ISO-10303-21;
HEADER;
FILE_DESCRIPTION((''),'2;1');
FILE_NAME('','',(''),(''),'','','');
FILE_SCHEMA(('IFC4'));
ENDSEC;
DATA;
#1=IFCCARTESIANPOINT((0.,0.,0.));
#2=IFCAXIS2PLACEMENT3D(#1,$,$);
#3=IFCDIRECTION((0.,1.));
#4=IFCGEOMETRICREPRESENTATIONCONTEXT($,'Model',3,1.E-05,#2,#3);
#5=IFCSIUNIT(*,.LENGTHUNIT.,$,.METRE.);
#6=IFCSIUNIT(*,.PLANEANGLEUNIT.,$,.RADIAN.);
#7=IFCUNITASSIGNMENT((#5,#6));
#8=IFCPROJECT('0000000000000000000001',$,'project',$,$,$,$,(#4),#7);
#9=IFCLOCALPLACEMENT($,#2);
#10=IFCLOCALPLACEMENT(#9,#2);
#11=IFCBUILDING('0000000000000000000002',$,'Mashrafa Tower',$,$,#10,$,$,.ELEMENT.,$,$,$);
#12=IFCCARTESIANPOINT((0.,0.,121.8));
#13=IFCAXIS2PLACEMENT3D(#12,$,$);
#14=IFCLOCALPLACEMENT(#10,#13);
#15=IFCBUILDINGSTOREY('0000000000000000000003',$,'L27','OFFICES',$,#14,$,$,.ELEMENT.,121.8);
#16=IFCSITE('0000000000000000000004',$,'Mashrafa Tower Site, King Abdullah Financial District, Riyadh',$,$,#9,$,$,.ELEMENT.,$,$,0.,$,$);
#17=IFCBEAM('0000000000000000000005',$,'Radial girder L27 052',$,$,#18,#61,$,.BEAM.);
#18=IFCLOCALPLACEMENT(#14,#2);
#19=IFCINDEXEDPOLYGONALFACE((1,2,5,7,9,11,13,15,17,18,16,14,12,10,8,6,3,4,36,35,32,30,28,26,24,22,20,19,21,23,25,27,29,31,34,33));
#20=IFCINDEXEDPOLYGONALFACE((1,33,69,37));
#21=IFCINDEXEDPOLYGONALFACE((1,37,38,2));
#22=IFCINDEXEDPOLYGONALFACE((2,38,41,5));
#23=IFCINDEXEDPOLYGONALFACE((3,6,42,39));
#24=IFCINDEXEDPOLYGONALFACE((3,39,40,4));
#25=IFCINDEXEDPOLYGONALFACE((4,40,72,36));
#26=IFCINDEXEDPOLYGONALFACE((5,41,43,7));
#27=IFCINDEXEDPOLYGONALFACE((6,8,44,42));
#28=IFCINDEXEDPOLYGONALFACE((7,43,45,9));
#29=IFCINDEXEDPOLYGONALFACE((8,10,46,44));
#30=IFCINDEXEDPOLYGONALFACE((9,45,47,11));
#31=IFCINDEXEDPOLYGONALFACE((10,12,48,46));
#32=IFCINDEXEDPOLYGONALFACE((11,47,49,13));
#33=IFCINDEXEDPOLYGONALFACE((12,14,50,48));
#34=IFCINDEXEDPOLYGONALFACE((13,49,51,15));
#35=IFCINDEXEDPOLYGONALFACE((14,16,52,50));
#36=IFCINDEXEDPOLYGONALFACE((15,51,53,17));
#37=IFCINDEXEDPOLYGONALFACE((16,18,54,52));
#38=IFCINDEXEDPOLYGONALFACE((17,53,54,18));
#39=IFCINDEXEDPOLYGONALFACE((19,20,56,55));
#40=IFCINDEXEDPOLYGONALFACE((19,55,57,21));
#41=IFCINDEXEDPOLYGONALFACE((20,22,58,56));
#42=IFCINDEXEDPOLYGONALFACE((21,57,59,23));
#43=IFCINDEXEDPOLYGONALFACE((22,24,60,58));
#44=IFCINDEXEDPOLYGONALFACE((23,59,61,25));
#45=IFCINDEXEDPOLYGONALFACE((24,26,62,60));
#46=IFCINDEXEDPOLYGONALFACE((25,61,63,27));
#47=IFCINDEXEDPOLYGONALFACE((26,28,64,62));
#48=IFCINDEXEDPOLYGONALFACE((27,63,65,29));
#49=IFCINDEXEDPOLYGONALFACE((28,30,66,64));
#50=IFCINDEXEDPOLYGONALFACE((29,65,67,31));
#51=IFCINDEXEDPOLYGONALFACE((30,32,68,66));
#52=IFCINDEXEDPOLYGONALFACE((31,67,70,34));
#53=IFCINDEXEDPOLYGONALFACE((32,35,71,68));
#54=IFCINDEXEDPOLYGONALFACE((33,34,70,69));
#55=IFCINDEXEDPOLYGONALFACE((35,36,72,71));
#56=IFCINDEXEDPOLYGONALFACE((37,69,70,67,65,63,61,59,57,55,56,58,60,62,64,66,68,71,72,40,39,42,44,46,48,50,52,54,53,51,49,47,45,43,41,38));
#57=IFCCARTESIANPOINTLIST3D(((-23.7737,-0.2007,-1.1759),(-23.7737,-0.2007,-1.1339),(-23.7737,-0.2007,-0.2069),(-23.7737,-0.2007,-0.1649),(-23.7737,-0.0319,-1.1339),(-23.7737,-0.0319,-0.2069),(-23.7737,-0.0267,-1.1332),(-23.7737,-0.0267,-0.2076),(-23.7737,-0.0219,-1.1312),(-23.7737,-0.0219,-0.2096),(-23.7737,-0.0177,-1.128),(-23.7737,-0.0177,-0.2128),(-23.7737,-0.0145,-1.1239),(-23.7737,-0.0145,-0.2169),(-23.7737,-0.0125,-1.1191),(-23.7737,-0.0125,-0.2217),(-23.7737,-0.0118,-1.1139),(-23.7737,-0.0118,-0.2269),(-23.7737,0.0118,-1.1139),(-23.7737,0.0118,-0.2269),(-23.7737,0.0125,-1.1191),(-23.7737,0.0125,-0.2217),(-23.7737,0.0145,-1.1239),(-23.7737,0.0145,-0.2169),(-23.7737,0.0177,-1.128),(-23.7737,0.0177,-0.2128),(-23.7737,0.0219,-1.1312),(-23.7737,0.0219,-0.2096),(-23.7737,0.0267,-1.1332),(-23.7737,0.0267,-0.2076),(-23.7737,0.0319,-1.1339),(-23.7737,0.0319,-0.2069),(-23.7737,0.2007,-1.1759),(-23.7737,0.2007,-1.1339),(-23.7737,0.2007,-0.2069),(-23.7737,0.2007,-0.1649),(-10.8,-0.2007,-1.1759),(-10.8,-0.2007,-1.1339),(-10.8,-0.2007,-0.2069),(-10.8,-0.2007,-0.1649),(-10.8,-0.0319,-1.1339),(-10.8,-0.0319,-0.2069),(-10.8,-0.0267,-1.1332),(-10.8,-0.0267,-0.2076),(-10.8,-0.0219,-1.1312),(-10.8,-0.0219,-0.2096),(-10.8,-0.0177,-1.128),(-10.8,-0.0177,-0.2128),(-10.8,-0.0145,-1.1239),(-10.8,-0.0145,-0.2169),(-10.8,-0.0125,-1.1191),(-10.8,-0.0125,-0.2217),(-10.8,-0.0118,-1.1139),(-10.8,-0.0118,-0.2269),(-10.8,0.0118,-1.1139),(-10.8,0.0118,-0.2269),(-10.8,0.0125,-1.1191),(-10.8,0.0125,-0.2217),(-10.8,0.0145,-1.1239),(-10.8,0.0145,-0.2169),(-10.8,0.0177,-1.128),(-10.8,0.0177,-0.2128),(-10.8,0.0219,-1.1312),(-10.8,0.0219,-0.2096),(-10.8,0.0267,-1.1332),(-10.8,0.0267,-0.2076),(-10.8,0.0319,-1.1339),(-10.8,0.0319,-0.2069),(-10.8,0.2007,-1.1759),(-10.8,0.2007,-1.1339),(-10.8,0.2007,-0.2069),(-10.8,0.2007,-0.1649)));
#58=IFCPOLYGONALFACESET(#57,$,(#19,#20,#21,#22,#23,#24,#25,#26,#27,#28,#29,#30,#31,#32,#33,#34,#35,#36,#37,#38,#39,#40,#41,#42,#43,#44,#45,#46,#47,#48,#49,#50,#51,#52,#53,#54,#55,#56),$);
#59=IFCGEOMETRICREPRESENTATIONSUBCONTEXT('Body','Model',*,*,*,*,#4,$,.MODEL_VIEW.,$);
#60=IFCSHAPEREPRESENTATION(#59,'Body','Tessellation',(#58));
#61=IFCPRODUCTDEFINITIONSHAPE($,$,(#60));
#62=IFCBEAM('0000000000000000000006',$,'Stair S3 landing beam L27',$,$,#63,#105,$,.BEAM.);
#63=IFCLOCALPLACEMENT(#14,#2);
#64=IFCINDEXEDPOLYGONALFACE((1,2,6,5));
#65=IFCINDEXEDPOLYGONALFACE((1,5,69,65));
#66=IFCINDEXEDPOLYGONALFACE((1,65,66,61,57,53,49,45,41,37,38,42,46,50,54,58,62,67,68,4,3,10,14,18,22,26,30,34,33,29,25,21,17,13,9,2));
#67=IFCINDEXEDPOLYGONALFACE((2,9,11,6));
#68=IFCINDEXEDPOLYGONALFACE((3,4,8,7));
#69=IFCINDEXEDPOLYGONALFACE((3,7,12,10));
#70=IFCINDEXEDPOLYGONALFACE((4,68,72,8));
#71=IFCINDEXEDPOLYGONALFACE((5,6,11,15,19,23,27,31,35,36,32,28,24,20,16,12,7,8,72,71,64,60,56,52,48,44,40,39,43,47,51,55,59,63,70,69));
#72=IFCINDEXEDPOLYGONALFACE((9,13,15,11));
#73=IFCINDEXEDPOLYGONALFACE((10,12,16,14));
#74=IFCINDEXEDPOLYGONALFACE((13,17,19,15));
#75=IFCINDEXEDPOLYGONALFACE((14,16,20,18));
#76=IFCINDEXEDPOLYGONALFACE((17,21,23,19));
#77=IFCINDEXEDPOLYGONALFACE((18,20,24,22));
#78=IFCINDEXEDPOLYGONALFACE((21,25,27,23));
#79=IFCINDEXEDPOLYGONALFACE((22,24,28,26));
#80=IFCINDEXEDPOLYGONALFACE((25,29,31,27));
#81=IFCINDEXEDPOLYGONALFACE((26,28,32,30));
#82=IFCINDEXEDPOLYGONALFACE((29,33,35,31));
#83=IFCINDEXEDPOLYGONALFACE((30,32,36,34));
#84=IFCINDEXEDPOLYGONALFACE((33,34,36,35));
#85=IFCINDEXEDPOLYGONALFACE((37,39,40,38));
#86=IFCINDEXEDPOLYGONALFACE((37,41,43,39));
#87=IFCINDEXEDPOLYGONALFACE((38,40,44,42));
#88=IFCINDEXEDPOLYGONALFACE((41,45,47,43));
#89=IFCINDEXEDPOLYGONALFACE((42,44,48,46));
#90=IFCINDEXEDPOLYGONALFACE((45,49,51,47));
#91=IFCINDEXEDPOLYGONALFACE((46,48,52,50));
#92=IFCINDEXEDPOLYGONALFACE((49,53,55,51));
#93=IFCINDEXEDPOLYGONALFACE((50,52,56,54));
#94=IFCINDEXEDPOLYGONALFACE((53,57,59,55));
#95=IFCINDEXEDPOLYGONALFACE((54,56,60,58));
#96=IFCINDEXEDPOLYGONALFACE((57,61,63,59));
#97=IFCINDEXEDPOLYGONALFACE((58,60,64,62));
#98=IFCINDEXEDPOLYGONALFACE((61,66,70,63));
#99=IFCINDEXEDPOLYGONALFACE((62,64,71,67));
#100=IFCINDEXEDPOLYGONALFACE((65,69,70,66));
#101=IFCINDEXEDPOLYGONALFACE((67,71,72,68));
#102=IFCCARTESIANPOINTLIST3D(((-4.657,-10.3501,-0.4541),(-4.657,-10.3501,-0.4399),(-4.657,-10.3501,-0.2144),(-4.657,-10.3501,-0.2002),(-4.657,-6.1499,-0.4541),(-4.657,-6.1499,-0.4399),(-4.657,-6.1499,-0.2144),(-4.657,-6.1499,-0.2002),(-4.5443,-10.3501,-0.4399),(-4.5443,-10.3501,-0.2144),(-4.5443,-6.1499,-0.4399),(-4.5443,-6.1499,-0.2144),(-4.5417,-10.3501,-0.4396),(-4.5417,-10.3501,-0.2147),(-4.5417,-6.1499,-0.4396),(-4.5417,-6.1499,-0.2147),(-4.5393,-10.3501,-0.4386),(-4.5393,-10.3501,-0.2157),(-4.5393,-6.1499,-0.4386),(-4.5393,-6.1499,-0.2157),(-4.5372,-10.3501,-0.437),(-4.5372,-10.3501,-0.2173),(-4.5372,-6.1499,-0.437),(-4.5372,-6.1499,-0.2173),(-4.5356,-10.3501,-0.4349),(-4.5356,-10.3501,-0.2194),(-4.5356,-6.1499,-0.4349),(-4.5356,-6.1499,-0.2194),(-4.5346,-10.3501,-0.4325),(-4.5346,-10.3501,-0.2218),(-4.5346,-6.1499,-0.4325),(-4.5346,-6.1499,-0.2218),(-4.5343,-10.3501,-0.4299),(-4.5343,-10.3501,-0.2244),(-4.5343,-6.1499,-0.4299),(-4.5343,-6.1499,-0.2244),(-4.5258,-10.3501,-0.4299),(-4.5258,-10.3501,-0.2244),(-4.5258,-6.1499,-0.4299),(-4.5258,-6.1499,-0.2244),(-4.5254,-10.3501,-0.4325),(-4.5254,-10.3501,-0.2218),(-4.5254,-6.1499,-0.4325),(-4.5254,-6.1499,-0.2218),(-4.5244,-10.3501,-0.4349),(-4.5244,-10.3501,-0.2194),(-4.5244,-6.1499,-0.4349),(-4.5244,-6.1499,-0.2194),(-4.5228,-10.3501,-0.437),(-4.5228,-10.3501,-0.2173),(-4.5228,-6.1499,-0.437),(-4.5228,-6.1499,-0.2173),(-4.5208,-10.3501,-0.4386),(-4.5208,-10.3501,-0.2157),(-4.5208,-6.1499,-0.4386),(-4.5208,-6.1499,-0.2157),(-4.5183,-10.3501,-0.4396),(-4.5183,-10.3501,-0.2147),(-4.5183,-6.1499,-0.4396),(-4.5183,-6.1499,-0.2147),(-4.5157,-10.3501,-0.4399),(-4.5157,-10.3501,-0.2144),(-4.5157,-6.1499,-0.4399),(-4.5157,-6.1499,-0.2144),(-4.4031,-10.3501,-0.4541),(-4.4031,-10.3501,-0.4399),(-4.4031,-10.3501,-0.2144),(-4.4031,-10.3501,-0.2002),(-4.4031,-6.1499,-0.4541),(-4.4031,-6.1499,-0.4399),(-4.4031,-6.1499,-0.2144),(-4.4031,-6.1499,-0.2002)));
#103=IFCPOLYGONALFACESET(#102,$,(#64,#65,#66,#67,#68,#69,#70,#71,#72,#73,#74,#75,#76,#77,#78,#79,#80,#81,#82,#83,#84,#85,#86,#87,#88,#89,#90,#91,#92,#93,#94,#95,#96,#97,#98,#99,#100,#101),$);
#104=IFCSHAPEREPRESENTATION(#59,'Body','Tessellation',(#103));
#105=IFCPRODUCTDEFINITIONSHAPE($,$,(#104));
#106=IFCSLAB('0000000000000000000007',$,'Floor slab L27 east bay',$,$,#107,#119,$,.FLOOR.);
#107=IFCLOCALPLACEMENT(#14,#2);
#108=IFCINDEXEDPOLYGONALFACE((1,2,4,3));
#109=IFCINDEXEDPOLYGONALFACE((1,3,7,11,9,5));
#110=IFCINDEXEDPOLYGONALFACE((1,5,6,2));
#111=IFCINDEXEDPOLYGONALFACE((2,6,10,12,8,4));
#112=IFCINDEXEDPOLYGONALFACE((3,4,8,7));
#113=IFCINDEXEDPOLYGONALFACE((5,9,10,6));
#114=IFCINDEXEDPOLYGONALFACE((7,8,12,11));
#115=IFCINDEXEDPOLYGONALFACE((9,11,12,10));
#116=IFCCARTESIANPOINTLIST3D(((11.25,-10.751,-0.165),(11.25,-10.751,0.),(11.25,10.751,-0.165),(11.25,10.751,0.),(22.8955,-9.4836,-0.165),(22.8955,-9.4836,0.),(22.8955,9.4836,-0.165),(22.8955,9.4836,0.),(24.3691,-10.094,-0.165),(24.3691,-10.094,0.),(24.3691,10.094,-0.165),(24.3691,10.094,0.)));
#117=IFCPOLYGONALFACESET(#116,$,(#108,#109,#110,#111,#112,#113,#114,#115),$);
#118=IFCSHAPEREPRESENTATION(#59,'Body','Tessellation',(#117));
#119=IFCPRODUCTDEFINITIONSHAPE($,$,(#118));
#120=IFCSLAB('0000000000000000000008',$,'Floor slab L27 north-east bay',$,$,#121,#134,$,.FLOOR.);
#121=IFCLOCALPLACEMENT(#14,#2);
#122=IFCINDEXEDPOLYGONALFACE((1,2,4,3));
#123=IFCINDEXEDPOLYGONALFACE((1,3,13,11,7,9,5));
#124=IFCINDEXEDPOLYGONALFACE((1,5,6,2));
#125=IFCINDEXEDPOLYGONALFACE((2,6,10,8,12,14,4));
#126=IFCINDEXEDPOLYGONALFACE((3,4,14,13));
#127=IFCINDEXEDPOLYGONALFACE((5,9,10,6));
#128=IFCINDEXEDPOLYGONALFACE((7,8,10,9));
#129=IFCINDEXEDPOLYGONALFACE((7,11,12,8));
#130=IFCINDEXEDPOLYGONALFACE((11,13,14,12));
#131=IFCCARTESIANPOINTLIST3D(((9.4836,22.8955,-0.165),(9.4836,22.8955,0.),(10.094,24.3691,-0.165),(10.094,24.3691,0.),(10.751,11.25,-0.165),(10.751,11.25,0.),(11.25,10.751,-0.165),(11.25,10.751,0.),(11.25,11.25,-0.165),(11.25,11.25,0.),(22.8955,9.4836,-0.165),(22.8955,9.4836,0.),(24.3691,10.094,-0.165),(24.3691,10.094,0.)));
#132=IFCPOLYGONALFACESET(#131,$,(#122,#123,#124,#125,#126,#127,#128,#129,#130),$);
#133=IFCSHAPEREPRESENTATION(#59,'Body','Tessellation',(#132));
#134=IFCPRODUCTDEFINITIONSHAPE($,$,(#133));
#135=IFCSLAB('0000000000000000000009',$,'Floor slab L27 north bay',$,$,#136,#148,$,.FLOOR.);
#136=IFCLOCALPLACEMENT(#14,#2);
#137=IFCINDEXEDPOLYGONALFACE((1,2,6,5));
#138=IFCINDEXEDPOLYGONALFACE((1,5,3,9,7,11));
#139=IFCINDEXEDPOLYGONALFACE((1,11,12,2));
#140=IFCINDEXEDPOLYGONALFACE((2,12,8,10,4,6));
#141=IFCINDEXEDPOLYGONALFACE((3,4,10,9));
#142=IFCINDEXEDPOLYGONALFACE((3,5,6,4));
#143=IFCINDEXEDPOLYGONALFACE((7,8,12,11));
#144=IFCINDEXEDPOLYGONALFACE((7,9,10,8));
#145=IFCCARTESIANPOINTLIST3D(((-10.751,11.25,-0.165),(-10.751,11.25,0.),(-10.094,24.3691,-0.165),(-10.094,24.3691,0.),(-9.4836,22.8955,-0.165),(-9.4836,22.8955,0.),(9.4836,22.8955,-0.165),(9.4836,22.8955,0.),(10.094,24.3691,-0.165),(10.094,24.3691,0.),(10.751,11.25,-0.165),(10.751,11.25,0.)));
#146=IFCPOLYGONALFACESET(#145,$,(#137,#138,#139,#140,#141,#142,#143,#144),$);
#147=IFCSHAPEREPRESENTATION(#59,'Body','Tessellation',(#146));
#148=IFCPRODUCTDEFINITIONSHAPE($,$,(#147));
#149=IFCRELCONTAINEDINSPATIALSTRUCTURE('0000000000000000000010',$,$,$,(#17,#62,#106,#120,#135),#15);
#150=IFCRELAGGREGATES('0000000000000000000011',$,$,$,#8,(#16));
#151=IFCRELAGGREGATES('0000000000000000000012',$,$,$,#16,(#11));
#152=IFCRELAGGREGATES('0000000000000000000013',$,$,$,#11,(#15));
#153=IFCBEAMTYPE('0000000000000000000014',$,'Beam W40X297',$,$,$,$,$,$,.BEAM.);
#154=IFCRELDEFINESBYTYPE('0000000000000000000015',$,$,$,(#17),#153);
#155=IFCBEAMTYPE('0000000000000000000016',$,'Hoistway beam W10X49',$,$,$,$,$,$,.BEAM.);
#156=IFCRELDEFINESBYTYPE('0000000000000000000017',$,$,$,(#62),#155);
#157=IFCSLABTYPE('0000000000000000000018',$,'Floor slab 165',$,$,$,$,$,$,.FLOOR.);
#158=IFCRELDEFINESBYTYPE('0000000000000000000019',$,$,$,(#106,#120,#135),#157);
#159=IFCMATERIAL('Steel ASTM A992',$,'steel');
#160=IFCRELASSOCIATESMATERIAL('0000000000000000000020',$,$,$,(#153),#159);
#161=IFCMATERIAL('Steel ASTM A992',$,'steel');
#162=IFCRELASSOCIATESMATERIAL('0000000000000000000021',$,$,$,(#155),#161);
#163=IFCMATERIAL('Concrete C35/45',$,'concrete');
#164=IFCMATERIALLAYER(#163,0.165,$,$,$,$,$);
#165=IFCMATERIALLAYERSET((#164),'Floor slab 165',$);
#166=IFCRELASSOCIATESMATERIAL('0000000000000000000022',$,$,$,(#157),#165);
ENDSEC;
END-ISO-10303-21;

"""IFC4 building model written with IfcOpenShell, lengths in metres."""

from ifc_helpers import new_model, si_unit, direction, frame, origin, origin_2d, place, context, subcontext, project, spatial, polyline, i_section, outline, extrude, material, layer, layer_set, material_profile, profile_set, type_object, element, save


model = new_model("IFC4")

# Units and contexts
model_context = context("Model", 3, precision=1e-05, world=origin(), true_north=direction((0.0, 1.0)))
body_context = subcontext(model_context, "Body", "Model", "MODEL_VIEW")
ifc_project = project(units=[si_unit("LENGTHUNIT", "METRE"), si_unit("PLANEANGLEUNIT", "RADIAN")], contexts=[model_context])

# Site, building, storey
site_placement = place(None, origin())
site = spatial("IfcSite", under=ifc_project, at=site_placement, Name="Mashrafa Tower Site, King Abdullah Financial District, Riyadh", CompositionType="ELEMENT", RefElevation=0.0)
building_placement = place(site_placement, origin())
building = spatial("IfcBuilding", under=site, at=building_placement, Name="Mashrafa Tower", CompositionType="ELEMENT")
storey_placement = place(building_placement, frame((0.0, 0.0, 121.8)))
storey = spatial("IfcBuildingStorey", under=building, at=storey_placement, Name="L27", Description="OFFICES", CompositionType="ELEMENT", Elevation=121.8)

# Beams
ifc_material_1 = material(Name="Steel ASTM A992", Category="steel")
ifc_material_profile_1 = material_profile(ifc_material_1, i_section(OverallWidth=0.4014, OverallDepth=1.011, WebThickness=0.0237, FlangeThickness=0.042, FilletRadius=0.02, at=origin_2d()), Name="W40X297")
ifc_profile_set_1 = profile_set([ifc_material_profile_1], Name="Steel ASTM A992")
beam_type_1 = type_object("IfcBeamType", Name="Beam W40X297", PredefinedType="BEAM", material=ifc_profile_set_1)
beam_1_placement = place(storey_placement, frame((-10.8, 0.0, -0.6704), z_axis=(-1.0, 0.0, 0.0), x_axis=(0.0, -1.0, 0.0)))
element("IfcBeam", 1, at=beam_1_placement, inside=storey, type_object=beam_type_1, Name="Radial girder L27 052", PredefinedType="BEAM", context=body_context, shape_type="SweptSolid", body=[
    extrude(i_section(OverallWidth=0.4014, OverallDepth=1.011, WebThickness=0.0237, FlangeThickness=0.042, FilletRadius=0.02, at=origin_2d()), origin(), (0.0, 0.0, 1.0), 12.9736),
])
ifc_material_2 = material(Name="Steel ASTM A992", Category="steel")
ifc_material_profile_2 = material_profile(ifc_material_2, i_section(OverallWidth=0.2539, OverallDepth=0.2539, WebThickness=0.0085, FlangeThickness=0.0142, FilletRadius=0.01, at=origin_2d()), Name="W10X49")
ifc_profile_set_2 = profile_set([ifc_material_profile_2], Name="Steel ASTM A992")
beam_type_2 = type_object("IfcBeamType", Name="Hoistway beam W10X49", PredefinedType="BEAM", material=ifc_profile_set_2)
beam_2_placement = place(storey_placement, frame((-4.53, -10.3501, -0.3271), z_axis=(0.0, 1.0, 0.0), x_axis=(-1.0, 0.0, 0.0)))
element("IfcBeam", 2, at=beam_2_placement, inside=storey, type_object=beam_type_2, Name="Stair S3 landing beam L27", PredefinedType="BEAM", context=body_context, shape_type="SweptSolid", body=[
    extrude(i_section(OverallWidth=0.2539, OverallDepth=0.2539, WebThickness=0.0085, FlangeThickness=0.0142, FilletRadius=0.01, at=origin_2d()), origin(), (0.0, 0.0, 1.0), 4.2002),
])

# Slabs
ifc_material_3 = material(Name="Concrete C35/45", Category="concrete")
ifc_layer_1 = layer(ifc_material_3, 0.165)
ifc_layer_set_1 = layer_set([ifc_layer_1], Name="Floor slab 165")
slab_type = type_object("IfcSlabType", Name="Floor slab 165", PredefinedType="FLOOR", material=ifc_layer_set_1)
slab_1_placement = place(storey_placement, frame((0.0, 0.0, -0.165)))
element("IfcSlab", 3, at=slab_1_placement, inside=storey, type_object=slab_type, Name="Floor slab L27 east bay", PredefinedType="FLOOR", context=body_context, shape_type="SweptSolid", body=[
    extrude(outline(polyline([(24.3691, 10.094), (24.3691, -10.094), (24.3691, -10.094), (22.8955, -9.4836), (11.25, -10.751), (11.25, 10.751), (22.8955, 9.4836), (24.3691, 10.094), (24.3691, 10.094)])), origin(), (0.0, 0.0, 1.0), 0.165),
])
slab_2_placement = place(storey_placement, frame((0.0, 0.0, -0.165)))
element("IfcSlab", 4, at=slab_2_placement, inside=storey, type_object=slab_type, Name="Floor slab L27 north-east bay", PredefinedType="FLOOR", context=body_context, shape_type="SweptSolid", body=[
    extrude(outline(polyline([(24.3691, 10.094), (22.8955, 9.4836), (11.25, 10.751), (11.25, 11.25), (10.751, 11.25), (9.4836, 22.8955), (10.094, 24.3691), (24.3691, 10.094)])), origin(), (0.0, 0.0, 1.0), 0.165),
])
slab_3_placement = place(storey_placement, frame((0.0, 0.0, -0.165)))
element("IfcSlab", 5, at=slab_3_placement, inside=storey, type_object=slab_type, Name="Floor slab L27 north bay", PredefinedType="FLOOR", context=body_context, shape_type="SweptSolid", body=[
    extrude(outline(polyline([(-10.094, 24.3691), (10.094, 24.3691), (10.094, 24.3691), (9.4836, 22.8955), (10.751, 11.25), (-10.751, 11.25), (-9.4836, 22.8955), (-10.094, 24.3691), (-10.094, 24.3691)])), origin(), (0.0, 0.0, 1.0), 0.165),
])

save(model, "model.ifc")
